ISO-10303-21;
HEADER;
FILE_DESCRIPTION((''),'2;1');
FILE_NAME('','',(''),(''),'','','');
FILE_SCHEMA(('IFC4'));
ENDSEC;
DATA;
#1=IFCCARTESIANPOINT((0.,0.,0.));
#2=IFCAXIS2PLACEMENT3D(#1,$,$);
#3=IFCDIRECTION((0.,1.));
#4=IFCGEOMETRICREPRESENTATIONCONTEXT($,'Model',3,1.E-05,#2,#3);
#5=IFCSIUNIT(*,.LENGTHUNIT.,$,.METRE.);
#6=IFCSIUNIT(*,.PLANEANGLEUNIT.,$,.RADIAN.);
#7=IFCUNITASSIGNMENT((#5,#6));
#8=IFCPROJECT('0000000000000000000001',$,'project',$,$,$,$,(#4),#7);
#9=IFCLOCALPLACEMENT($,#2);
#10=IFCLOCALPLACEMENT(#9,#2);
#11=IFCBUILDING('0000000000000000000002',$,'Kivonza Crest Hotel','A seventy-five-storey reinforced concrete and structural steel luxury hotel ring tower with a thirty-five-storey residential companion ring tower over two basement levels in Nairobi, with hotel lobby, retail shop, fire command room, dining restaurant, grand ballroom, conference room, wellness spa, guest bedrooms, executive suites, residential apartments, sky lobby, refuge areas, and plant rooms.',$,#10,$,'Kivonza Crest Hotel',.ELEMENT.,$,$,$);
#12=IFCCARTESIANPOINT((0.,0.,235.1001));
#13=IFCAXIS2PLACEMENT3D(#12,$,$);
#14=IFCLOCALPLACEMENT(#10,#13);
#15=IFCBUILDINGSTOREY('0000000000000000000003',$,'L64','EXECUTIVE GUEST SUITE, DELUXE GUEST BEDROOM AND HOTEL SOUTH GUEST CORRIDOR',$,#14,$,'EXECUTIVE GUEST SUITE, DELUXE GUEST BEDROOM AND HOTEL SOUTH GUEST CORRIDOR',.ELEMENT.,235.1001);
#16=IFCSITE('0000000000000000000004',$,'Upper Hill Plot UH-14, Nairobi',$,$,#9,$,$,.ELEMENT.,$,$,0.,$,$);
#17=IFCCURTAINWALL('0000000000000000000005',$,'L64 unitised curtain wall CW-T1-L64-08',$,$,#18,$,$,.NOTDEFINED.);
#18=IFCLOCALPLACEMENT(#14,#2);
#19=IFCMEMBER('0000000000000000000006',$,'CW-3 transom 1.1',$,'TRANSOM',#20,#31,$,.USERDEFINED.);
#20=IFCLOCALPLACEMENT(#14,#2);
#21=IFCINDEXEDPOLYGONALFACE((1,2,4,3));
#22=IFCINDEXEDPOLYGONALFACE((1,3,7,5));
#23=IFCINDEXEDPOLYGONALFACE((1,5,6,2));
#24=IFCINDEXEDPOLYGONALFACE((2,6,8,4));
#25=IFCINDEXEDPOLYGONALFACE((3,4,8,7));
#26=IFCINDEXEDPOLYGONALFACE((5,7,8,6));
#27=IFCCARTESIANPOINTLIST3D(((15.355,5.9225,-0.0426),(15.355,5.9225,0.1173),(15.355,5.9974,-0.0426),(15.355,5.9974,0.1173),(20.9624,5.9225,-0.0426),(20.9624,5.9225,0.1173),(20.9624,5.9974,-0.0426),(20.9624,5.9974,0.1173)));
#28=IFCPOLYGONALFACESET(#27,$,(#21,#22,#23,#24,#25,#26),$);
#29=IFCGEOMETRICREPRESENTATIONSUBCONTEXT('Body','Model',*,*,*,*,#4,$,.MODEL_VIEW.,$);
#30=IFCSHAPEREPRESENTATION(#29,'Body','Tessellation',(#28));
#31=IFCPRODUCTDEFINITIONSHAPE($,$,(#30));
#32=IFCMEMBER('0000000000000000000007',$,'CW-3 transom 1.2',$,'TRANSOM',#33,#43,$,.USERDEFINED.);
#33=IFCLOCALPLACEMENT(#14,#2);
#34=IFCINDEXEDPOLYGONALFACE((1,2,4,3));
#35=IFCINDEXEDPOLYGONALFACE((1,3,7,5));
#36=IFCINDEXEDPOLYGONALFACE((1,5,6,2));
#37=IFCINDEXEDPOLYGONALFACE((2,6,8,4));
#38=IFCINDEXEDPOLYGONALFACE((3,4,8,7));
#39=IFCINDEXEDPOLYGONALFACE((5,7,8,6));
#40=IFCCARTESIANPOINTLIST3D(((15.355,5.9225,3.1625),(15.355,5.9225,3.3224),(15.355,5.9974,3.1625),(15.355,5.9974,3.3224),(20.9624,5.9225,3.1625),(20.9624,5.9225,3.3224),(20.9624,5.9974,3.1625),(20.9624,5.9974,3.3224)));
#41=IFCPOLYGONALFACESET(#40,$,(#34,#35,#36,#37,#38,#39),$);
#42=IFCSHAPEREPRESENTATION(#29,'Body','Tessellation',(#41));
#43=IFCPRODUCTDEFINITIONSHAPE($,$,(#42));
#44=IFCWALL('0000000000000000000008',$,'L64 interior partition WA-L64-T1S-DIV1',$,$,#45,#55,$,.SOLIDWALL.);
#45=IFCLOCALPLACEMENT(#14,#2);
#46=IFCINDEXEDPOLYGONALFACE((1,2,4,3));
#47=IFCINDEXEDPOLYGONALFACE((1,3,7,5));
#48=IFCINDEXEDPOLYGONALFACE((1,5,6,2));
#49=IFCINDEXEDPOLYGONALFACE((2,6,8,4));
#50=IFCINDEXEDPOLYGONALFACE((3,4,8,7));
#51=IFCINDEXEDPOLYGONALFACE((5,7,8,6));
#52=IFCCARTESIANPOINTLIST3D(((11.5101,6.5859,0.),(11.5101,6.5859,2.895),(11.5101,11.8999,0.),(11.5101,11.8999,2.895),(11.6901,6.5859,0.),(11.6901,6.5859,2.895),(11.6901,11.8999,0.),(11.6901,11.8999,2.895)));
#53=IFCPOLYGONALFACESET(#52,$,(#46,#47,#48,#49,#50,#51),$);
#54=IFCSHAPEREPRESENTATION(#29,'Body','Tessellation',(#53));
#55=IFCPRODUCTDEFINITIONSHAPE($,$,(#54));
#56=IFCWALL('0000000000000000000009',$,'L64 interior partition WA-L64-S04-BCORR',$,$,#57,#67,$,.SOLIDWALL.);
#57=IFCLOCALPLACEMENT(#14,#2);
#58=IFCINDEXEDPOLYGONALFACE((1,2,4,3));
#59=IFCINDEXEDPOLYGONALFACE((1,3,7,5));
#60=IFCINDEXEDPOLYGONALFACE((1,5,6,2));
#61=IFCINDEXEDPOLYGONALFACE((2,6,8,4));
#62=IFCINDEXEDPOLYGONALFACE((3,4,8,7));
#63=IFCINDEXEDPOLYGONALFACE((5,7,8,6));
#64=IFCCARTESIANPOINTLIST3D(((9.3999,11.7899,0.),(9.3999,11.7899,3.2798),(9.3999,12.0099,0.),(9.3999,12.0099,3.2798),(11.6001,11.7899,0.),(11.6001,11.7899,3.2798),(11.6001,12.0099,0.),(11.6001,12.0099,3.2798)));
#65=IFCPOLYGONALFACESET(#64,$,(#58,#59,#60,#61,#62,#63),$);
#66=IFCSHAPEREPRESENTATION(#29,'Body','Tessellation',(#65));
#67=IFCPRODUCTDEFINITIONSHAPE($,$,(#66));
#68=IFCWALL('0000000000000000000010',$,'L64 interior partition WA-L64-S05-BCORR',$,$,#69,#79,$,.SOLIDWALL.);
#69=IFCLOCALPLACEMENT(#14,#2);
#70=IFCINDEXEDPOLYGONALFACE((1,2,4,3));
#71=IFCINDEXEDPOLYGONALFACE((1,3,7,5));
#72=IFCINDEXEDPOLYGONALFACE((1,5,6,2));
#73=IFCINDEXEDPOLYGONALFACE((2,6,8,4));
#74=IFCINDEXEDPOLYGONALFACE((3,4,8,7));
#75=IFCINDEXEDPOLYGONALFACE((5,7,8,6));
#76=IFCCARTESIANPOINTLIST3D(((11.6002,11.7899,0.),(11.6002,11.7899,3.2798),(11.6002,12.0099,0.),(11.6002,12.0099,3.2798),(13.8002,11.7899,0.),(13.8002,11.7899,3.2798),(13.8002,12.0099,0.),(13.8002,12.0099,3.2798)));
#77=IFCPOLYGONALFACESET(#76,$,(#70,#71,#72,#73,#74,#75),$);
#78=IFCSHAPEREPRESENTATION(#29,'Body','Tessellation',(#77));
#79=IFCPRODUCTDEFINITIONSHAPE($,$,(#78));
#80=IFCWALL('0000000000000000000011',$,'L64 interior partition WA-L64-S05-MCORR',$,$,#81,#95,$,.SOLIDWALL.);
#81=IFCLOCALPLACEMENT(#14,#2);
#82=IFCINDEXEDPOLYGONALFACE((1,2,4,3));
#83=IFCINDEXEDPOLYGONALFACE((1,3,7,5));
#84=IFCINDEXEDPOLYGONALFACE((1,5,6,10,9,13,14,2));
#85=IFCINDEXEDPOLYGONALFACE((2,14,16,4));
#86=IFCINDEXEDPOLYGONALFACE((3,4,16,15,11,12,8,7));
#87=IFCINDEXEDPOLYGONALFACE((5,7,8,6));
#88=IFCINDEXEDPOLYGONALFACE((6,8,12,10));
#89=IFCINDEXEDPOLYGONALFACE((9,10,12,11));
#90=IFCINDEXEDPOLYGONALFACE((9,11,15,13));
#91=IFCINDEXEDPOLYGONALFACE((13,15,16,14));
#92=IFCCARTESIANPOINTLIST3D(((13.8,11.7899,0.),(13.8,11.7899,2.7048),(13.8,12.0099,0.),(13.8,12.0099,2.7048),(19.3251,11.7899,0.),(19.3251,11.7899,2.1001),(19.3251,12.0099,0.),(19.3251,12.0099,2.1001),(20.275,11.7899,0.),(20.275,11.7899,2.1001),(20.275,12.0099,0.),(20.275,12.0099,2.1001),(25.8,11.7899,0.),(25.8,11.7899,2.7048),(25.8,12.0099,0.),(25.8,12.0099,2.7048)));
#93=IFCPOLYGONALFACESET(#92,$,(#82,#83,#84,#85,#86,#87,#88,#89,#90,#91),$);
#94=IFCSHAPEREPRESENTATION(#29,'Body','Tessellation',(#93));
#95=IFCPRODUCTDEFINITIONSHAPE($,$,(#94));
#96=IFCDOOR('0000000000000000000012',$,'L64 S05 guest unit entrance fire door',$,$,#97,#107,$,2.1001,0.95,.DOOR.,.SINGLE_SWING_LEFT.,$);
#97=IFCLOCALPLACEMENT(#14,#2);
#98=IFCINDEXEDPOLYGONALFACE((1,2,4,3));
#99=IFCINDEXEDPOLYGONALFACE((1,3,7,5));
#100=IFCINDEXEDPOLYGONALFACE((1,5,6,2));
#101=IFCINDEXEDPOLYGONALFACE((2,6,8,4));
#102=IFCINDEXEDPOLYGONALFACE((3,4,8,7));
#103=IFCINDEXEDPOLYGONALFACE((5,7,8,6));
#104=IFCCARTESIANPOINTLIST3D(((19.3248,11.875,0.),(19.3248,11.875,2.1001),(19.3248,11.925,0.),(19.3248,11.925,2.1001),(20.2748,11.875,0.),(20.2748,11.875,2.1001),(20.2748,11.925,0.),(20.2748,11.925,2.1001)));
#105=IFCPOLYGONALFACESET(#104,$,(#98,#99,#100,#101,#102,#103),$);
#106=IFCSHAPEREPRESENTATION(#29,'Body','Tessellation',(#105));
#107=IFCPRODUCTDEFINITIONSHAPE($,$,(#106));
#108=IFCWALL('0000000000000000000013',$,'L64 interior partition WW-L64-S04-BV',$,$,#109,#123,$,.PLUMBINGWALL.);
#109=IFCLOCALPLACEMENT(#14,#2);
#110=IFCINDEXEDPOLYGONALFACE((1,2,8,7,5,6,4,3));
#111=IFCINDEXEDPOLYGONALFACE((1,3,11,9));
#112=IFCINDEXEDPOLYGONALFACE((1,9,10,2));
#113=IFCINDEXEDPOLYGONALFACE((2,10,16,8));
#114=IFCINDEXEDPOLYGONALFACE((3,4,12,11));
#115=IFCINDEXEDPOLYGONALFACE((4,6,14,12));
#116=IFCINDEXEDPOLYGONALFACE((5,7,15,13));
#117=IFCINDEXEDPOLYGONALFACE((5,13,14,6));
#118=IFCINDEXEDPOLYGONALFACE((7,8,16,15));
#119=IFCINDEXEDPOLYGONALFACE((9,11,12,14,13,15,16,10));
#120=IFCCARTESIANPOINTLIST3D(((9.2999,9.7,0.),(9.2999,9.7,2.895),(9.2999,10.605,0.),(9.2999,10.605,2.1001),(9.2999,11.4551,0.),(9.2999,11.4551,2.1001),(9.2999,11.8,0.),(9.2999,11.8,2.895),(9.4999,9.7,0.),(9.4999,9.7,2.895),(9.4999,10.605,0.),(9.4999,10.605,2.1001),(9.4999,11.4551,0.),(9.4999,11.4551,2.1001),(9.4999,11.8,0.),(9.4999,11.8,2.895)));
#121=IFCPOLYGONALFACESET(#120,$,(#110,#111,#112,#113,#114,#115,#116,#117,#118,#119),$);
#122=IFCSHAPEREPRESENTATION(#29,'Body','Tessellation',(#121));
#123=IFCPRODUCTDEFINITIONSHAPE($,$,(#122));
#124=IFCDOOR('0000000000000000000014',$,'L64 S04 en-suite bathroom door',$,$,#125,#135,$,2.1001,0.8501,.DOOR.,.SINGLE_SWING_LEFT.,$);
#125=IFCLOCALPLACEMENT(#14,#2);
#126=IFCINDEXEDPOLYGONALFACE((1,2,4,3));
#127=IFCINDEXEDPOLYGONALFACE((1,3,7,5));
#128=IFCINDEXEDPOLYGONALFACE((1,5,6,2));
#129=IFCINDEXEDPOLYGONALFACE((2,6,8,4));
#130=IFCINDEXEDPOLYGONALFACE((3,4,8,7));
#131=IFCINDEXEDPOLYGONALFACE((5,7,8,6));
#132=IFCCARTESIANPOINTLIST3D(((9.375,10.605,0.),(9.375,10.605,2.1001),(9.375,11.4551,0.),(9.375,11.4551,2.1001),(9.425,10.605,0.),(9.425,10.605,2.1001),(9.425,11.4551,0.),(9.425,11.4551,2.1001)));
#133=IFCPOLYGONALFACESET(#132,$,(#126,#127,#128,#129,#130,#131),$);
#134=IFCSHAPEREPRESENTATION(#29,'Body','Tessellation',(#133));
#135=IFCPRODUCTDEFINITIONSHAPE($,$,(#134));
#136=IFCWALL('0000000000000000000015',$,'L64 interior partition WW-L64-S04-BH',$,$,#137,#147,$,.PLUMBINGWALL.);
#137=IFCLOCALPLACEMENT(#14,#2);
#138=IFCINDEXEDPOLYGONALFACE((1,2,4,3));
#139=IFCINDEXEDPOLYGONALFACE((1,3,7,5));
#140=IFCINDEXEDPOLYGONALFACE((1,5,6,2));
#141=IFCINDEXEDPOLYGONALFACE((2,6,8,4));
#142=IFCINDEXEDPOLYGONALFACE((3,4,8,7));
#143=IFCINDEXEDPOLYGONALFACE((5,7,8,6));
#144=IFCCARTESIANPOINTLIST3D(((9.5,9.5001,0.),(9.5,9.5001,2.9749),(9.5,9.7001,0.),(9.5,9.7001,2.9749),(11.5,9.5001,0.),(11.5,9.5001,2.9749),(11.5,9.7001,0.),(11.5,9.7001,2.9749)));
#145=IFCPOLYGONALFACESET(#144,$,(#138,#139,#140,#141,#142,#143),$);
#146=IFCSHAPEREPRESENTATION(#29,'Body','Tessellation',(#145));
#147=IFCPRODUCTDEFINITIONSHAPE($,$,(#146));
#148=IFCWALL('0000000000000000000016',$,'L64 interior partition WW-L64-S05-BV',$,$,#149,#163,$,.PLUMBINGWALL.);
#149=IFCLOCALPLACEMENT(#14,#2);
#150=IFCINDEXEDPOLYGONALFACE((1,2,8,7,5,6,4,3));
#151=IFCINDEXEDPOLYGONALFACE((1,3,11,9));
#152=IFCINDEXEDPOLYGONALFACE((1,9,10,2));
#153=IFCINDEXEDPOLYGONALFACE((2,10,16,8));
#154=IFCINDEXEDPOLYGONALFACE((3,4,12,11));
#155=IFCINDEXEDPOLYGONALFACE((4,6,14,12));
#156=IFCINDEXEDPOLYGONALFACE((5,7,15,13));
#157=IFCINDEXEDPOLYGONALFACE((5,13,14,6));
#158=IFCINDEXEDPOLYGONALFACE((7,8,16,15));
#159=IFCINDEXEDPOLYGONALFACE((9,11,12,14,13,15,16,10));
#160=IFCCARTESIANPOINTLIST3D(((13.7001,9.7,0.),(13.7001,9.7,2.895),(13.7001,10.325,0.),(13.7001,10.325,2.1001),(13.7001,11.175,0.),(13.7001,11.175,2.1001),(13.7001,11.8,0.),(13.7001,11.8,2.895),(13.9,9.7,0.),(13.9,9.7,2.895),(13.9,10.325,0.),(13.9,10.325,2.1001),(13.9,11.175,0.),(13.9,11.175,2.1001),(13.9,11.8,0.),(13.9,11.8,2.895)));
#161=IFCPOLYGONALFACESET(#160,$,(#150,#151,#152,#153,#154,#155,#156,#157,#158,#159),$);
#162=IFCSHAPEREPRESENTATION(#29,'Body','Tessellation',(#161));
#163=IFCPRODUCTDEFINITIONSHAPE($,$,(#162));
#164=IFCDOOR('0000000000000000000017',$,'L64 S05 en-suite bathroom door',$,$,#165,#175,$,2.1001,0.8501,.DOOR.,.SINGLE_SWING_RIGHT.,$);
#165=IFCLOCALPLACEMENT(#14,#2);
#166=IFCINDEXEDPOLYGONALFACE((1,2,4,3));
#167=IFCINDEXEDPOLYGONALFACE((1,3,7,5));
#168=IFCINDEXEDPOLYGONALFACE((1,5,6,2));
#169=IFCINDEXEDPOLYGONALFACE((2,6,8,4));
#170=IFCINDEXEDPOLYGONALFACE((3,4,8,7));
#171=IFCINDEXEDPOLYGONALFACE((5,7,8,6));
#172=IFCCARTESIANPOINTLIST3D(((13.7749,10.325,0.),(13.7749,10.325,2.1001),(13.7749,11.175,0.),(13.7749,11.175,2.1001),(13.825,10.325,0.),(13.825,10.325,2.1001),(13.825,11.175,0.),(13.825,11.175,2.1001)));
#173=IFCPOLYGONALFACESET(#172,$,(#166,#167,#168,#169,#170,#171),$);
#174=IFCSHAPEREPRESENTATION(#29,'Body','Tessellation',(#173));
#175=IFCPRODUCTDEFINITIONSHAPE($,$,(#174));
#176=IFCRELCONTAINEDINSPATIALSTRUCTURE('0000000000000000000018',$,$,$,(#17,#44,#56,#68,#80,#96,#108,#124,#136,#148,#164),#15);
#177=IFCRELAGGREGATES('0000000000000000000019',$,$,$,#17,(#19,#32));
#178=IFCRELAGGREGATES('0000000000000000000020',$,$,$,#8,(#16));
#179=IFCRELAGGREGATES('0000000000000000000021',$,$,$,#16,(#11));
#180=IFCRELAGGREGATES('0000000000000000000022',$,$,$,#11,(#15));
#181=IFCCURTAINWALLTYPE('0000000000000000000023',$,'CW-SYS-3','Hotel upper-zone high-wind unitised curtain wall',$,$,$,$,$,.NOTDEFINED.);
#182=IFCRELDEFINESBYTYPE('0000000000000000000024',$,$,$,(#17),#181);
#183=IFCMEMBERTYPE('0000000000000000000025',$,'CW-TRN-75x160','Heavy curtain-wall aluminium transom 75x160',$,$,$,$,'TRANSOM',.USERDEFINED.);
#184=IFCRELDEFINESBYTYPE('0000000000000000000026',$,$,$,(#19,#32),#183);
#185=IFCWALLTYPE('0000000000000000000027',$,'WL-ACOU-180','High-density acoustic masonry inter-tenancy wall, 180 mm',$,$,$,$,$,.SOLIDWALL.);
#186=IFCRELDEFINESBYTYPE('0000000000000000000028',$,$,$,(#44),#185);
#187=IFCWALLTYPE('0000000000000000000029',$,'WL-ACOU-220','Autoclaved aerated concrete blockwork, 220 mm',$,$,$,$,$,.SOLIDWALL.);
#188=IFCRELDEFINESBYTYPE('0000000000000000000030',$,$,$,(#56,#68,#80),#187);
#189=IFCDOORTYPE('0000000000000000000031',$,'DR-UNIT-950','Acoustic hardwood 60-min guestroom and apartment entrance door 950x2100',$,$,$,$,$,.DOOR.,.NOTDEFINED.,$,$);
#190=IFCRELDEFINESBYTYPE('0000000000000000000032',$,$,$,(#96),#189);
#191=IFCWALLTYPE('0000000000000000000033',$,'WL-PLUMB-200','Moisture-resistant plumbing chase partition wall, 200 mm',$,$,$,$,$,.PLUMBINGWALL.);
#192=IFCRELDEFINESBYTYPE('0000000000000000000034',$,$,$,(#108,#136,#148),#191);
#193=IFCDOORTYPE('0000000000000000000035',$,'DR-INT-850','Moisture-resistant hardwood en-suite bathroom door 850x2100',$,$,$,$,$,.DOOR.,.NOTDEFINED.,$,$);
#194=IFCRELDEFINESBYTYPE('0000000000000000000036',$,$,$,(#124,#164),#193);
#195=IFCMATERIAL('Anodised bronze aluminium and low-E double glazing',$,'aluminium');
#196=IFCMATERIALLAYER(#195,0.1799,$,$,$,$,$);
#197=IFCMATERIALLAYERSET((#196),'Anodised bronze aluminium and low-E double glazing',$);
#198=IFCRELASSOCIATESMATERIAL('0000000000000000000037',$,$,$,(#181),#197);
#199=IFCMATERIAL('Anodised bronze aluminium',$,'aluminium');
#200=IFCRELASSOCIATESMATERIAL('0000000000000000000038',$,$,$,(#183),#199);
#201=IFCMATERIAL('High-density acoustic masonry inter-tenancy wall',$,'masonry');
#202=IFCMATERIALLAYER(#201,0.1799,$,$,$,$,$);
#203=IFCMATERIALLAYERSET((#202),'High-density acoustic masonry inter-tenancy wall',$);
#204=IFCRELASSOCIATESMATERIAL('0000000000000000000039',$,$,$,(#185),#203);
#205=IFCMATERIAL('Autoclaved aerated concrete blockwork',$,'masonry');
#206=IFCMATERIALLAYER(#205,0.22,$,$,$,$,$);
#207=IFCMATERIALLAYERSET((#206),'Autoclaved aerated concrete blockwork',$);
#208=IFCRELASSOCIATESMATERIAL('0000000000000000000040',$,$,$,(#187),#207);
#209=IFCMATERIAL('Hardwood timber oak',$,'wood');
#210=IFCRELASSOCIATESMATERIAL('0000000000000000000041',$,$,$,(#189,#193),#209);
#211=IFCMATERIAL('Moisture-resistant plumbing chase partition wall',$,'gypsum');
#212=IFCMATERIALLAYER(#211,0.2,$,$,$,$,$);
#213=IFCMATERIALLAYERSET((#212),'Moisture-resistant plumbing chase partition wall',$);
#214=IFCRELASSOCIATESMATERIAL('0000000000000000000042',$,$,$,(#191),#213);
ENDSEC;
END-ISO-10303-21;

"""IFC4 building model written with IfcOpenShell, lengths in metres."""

from ifc_helpers import new_model, si_unit, direction, frame, frame_2d, origin, origin_2d, place, context, subcontext, project, spatial, rectangle, extrude, material, layer, layer_set, material_profile, profile_set, type_object, element, fill, aggregate, save


model = new_model("IFC4")

# Units and contexts
model_context = context("Model", 3, precision=1e-05, world=origin(), true_north=direction((0.0, 1.0)))
body_context = subcontext(model_context, "Body", "Model", "MODEL_VIEW")
ifc_project = project(units=[si_unit("LENGTHUNIT", "METRE"), si_unit("PLANEANGLEUNIT", "RADIAN")], contexts=[model_context])

# Site, building, storey
site_placement = place(None, origin())
site = spatial("IfcSite", under=ifc_project, at=site_placement, Name="Upper Hill Plot UH-14, Nairobi", CompositionType="ELEMENT", RefElevation=0.0)
building_placement = place(site_placement, origin())
building = spatial("IfcBuilding", under=site, at=building_placement, Name="Kivonza Crest Hotel", Description="A seventy-five-storey reinforced concrete and structural steel luxury hotel ring tower with a thirty-five-storey residential companion ring tower over two basement levels in Nairobi, with hotel lobby, retail shop, fire command room, dining restaurant, grand ballroom, conference room, wellness spa, guest bedrooms, executive suites, residential apartments, sky lobby, refuge areas, and plant rooms.", LongName="Kivonza Crest Hotel", CompositionType="ELEMENT")
storey_placement = place(building_placement, frame((0.0, 0.0, 235.1001)))
storey = spatial("IfcBuildingStorey", under=building, at=storey_placement, Name="L64", Description="EXECUTIVE GUEST SUITE, DELUXE GUEST BEDROOM AND HOTEL SOUTH GUEST CORRIDOR", LongName="EXECUTIVE GUEST SUITE, DELUXE GUEST BEDROOM AND HOTEL SOUTH GUEST CORRIDOR", CompositionType="ELEMENT", Elevation=235.1001)

# Curtain wall, members
ifc_material_1 = material(Name="Anodised bronze aluminium and low-E double glazing", Category="aluminium")
ifc_layer_1 = layer(ifc_material_1, 0.1799)
ifc_layer_set_1 = layer_set([ifc_layer_1], Name="Anodised bronze aluminium and low-E double glazing")
curtain_wall_type = type_object("IfcCurtainWallType", Name="CW-SYS-3", Description="Hotel upper-zone high-wind unitised curtain wall", PredefinedType="NOTDEFINED", material=ifc_layer_set_1)
curtain_wall_placement = place(storey_placement, origin())
curtain_wall = element("IfcCurtainWall", 1, at=curtain_wall_placement, inside=storey, type_object=curtain_wall_type, Name="L64 unitised curtain wall CW-T1-L64-08", PredefinedType="NOTDEFINED")
ifc_material_2 = material(Name="Anodised bronze aluminium", Category="aluminium")
ifc_material_profile_1 = material_profile(ifc_material_2, rectangle(XDim=0.075, YDim=0.1599, at=origin_2d()), Name="CW-T 75x160")
ifc_profile_set_1 = profile_set([ifc_material_profile_1], Name="Anodised bronze aluminium")
member_type_1 = type_object("IfcMemberType", Name="CW-TRN-75x160", Description="Heavy curtain-wall aluminium transom 75x160", ElementType="TRANSOM", PredefinedType="USERDEFINED", material=ifc_profile_set_1)
member_1_placement = place(storey_placement, frame((15.355, 5.96, 0.0374), z_axis=(1.0, 0.0, 0.0), x_axis=(0.0, 1.0, 0.0)))
member_1 = element("IfcMember", 2, at=member_1_placement, type_object=member_type_1, Name="CW-3 transom 1.1", ObjectType="TRANSOM", PredefinedType="USERDEFINED", context=body_context, shape_type="SweptSolid", body=[
    extrude(rectangle(XDim=0.075, YDim=0.1599, at=origin_2d()), origin(), (0.0, 0.0, 1.0), 5.6074),
])
member_2_placement = place(storey_placement, frame((15.355, 5.96, 3.2424), z_axis=(1.0, 0.0, 0.0), x_axis=(0.0, 1.0, 0.0)))
member_2 = element("IfcMember", 3, at=member_2_placement, type_object=member_type_1, Name="CW-3 transom 1.2", ObjectType="TRANSOM", PredefinedType="USERDEFINED", context=body_context, shape_type="SweptSolid", body=[
    extrude(rectangle(XDim=0.075, YDim=0.1599, at=origin_2d()), origin(), (0.0, 0.0, 1.0), 5.6074),
])
aggregate(curtain_wall, [member_1, member_2])

# Walls
ifc_material_3 = material(Name="High-density acoustic masonry inter-tenancy wall", Category="masonry")
ifc_layer_2 = layer(ifc_material_3, 0.1799)
ifc_layer_set_2 = layer_set([ifc_layer_2], Name="High-density acoustic masonry inter-tenancy wall")
wall_type_1 = type_object("IfcWallType", Name="WL-ACOU-180", Description="High-density acoustic masonry inter-tenancy wall, 180 mm", PredefinedType="SOLIDWALL", material=ifc_layer_set_2)
wall_1_placement = place(storey_placement, frame((11.6001, 6.5859, 0.0), z_axis=(0.0, 0.0, 1.0), x_axis=(0.0, 1.0, 0.0)))
element("IfcWall", 4, at=wall_1_placement, inside=storey, type_object=wall_type_1, Name="L64 interior partition WA-L64-T1S-DIV1", PredefinedType="SOLIDWALL", context=body_context, shape_type="SweptSolid", body=[
    extrude(rectangle(XDim=5.314, YDim=0.1799, at=frame_2d((2.657, 0.0))), origin(), (0.0, 0.0, 1.0), 2.895),
])
ifc_material_4 = material(Name="Autoclaved aerated concrete blockwork", Category="masonry")
ifc_layer_3 = layer(ifc_material_4, 0.22)
ifc_layer_set_3 = layer_set([ifc_layer_3], Name="Autoclaved aerated concrete blockwork")
wall_type_2 = type_object("IfcWallType", Name="WL-ACOU-220", Description="Autoclaved aerated concrete blockwork, 220 mm", PredefinedType="SOLIDWALL", material=ifc_layer_set_3)
wall_2_placement = place(storey_placement, frame((9.3999, 11.8999, 0.0), z_axis=(0.0, 0.0, 1.0), x_axis=(1.0, 0.0, 0.0)))
element("IfcWall", 5, at=wall_2_placement, inside=storey, type_object=wall_type_2, Name="L64 interior partition WA-L64-S04-BCORR", PredefinedType="SOLIDWALL", context=body_context, shape_type="SweptSolid", body=[
    extrude(rectangle(XDim=2.2002, YDim=0.22, at=frame_2d((1.1001, 0.0))), origin(), (0.0, 0.0, 1.0), 3.2798),
])
wall_3_placement = place(storey_placement, frame((11.6001, 11.8999, 0.0), z_axis=(0.0, 0.0, 1.0), x_axis=(1.0, 0.0, 0.0)))
element("IfcWall", 6, at=wall_3_placement, inside=storey, type_object=wall_type_2, Name="L64 interior partition WA-L64-S05-BCORR", PredefinedType="SOLIDWALL", context=body_context, shape_type="SweptSolid", body=[
    extrude(rectangle(XDim=2.2, YDim=0.22, at=frame_2d((1.1001, 0.0))), origin(), (0.0, 0.0, 1.0), 3.2798),
])

# Walls, openings, doors
wall_4_placement = place(storey_placement, frame((13.8, 11.8999, 0.0), z_axis=(0.0, 0.0, 1.0), x_axis=(1.0, 0.0, 0.0)))
wall_4 = element("IfcWall", 7, at=wall_4_placement, inside=storey, type_object=wall_type_2, Name="L64 interior partition WA-L64-S05-MCORR", PredefinedType="SOLIDWALL", context=body_context, shape_type="SweptSolid", body=[
    extrude(rectangle(XDim=12.0, YDim=0.22, at=frame_2d((6.0, 0.0))), origin(), (0.0, 0.0, 1.0), 2.7048),
])
opening_1_placement = place(wall_4_placement, frame((5.5249, 0.0, 0.0)))
opening_1 = element("IfcOpeningElement", 8, at=opening_1_placement, cuts=wall_4, PredefinedType="OPENING", context=body_context, shape_type="SweptSolid", body=[
    extrude(rectangle(XDim=0.95, YDim=2.1001, at=frame_2d((0.4751, 1.05))), frame((0.0, 0.1201, 0.0), z_axis=(0.0, -1.0, 0.0), x_axis=(1.0, 0.0, 0.0)), (0.0, 0.0, 1.0), 0.24),
])
ifc_material_5 = material(Name="Hardwood timber oak", Category="wood")
door_type_1 = type_object("IfcDoorType", Name="DR-UNIT-950", Description="Acoustic hardwood 60-min guestroom and apartment entrance door 950x2100", OperationType="NOTDEFINED", PredefinedType="DOOR", material=ifc_material_5)
door_1_placement = place(opening_1_placement, frame((0.95, 0.0, 0.0), z_axis=(0.0, 0.0, 1.0), x_axis=(-1.0, 0.0, 0.0)))
door_1 = element("IfcDoor", 9, at=door_1_placement, inside=storey, type_object=door_type_1, Name="L64 S05 guest unit entrance fire door", OperationType="SINGLE_SWING_LEFT", OverallHeight=2.1001, OverallWidth=0.95, PredefinedType="DOOR", context=body_context, shape_type="SweptSolid", body=[
    extrude(rectangle(XDim=0.95, YDim=2.1001, at=frame_2d((0.4751, 1.05))), frame((0.0, 0.0249, 0.0), z_axis=(0.0, -1.0, 0.0), x_axis=(1.0, 0.0, 0.0)), (0.0, 0.0, 1.0), 0.05),
])
fill(opening_1, door_1)
ifc_material_6 = material(Name="Moisture-resistant plumbing chase partition wall", Category="gypsum")
ifc_layer_4 = layer(ifc_material_6, 0.2)
ifc_layer_set_4 = layer_set([ifc_layer_4], Name="Moisture-resistant plumbing chase partition wall")
wall_type_3 = type_object("IfcWallType", Name="WL-PLUMB-200", Description="Moisture-resistant plumbing chase partition wall, 200 mm", PredefinedType="PLUMBINGWALL", material=ifc_layer_set_4)
wall_5_placement = place(storey_placement, frame((9.3999, 9.7, 0.0), z_axis=(0.0, 0.0, 1.0), x_axis=(0.0, 1.0, 0.0)))
wall_5 = element("IfcWall", 10, at=wall_5_placement, inside=storey, type_object=wall_type_3, Name="L64 interior partition WW-L64-S04-BV", PredefinedType="PLUMBINGWALL", context=body_context, shape_type="SweptSolid", body=[
    extrude(rectangle(XDim=2.1001, YDim=0.2, at=frame_2d((1.05, 0.0))), origin(), (0.0, 0.0, 1.0), 2.895),
])
opening_2_placement = place(wall_5_placement, frame((0.905, 0.0, 0.0)))
opening_2 = element("IfcOpeningElement", 11, at=opening_2_placement, cuts=wall_5, PredefinedType="OPENING", context=body_context, shape_type="SweptSolid", body=[
    extrude(rectangle(XDim=0.8501, YDim=2.1001, at=frame_2d((0.425, 1.05))), frame((0.0, 0.1099, 0.0), z_axis=(0.0, -1.0, 0.0), x_axis=(1.0, 0.0, 0.0)), (0.0, 0.0, 1.0), 0.22),
])
door_type_2 = type_object("IfcDoorType", Name="DR-INT-850", Description="Moisture-resistant hardwood en-suite bathroom door 850x2100", OperationType="NOTDEFINED", PredefinedType="DOOR", material=ifc_material_5)
door_2_placement = place(opening_2_placement, origin())
door_2 = element("IfcDoor", 12, at=door_2_placement, inside=storey, type_object=door_type_2, Name="L64 S04 en-suite bathroom door", OperationType="SINGLE_SWING_LEFT", OverallHeight=2.1001, OverallWidth=0.8501, PredefinedType="DOOR", context=body_context, shape_type="SweptSolid", body=[
    extrude(rectangle(XDim=0.8501, YDim=2.1001, at=frame_2d((0.425, 1.05))), frame((0.0, 0.0249, 0.0), z_axis=(0.0, -1.0, 0.0), x_axis=(1.0, 0.0, 0.0)), (0.0, 0.0, 1.0), 0.05),
])
fill(opening_2, door_2)

# Wall
wall_6_placement = place(storey_placement, frame((9.5, 9.6001, 0.0), z_axis=(0.0, 0.0, 1.0), x_axis=(1.0, 0.0, 0.0)))
element("IfcWall", 13, at=wall_6_placement, inside=storey, type_object=wall_type_3, Name="L64 interior partition WW-L64-S04-BH", PredefinedType="PLUMBINGWALL", context=body_context, shape_type="SweptSolid", body=[
    extrude(rectangle(XDim=2.0, YDim=0.2, at=frame_2d((1.0, 0.0))), origin(), (0.0, 0.0, 1.0), 2.9749),
])

# Wall, opening, door
wall_7_placement = place(storey_placement, frame((13.8, 9.7, 0.0), z_axis=(0.0, 0.0, 1.0), x_axis=(0.0, 1.0, 0.0)))
wall_7 = element("IfcWall", 14, at=wall_7_placement, inside=storey, type_object=wall_type_3, Name="L64 interior partition WW-L64-S05-BV", PredefinedType="PLUMBINGWALL", context=body_context, shape_type="SweptSolid", body=[
    extrude(rectangle(XDim=2.1001, YDim=0.2, at=frame_2d((1.05, 0.0))), origin(), (0.0, 0.0, 1.0), 2.895),
])
opening_3_placement = place(wall_7_placement, frame((0.625, 0.0, 0.0)))
opening_3 = element("IfcOpeningElement", 15, at=opening_3_placement, cuts=wall_7, PredefinedType="OPENING", context=body_context, shape_type="SweptSolid", body=[
    extrude(rectangle(XDim=0.8501, YDim=2.1001, at=frame_2d((0.425, 1.05))), frame((0.0, 0.1099, 0.0), z_axis=(0.0, -1.0, 0.0), x_axis=(1.0, 0.0, 0.0)), (0.0, 0.0, 1.0), 0.22),
])
door_3_placement = place(opening_3_placement, frame((0.8501, 0.0, 0.0), z_axis=(0.0, 0.0, 1.0), x_axis=(-1.0, 0.0, 0.0)))
door_3 = element("IfcDoor", 16, at=door_3_placement, inside=storey, type_object=door_type_2, Name="L64 S05 en-suite bathroom door", OperationType="SINGLE_SWING_RIGHT", OverallHeight=2.1001, OverallWidth=0.8501, PredefinedType="DOOR", context=body_context, shape_type="SweptSolid", body=[
    extrude(rectangle(XDim=0.8501, YDim=2.1001, at=frame_2d((0.425, 1.05))), frame((0.0, 0.0249, 0.0), z_axis=(0.0, -1.0, 0.0), x_axis=(1.0, 0.0, 0.0)), (0.0, 0.0, 1.0), 0.05),
])
fill(opening_3, door_3)

save(model, "model.ifc")
